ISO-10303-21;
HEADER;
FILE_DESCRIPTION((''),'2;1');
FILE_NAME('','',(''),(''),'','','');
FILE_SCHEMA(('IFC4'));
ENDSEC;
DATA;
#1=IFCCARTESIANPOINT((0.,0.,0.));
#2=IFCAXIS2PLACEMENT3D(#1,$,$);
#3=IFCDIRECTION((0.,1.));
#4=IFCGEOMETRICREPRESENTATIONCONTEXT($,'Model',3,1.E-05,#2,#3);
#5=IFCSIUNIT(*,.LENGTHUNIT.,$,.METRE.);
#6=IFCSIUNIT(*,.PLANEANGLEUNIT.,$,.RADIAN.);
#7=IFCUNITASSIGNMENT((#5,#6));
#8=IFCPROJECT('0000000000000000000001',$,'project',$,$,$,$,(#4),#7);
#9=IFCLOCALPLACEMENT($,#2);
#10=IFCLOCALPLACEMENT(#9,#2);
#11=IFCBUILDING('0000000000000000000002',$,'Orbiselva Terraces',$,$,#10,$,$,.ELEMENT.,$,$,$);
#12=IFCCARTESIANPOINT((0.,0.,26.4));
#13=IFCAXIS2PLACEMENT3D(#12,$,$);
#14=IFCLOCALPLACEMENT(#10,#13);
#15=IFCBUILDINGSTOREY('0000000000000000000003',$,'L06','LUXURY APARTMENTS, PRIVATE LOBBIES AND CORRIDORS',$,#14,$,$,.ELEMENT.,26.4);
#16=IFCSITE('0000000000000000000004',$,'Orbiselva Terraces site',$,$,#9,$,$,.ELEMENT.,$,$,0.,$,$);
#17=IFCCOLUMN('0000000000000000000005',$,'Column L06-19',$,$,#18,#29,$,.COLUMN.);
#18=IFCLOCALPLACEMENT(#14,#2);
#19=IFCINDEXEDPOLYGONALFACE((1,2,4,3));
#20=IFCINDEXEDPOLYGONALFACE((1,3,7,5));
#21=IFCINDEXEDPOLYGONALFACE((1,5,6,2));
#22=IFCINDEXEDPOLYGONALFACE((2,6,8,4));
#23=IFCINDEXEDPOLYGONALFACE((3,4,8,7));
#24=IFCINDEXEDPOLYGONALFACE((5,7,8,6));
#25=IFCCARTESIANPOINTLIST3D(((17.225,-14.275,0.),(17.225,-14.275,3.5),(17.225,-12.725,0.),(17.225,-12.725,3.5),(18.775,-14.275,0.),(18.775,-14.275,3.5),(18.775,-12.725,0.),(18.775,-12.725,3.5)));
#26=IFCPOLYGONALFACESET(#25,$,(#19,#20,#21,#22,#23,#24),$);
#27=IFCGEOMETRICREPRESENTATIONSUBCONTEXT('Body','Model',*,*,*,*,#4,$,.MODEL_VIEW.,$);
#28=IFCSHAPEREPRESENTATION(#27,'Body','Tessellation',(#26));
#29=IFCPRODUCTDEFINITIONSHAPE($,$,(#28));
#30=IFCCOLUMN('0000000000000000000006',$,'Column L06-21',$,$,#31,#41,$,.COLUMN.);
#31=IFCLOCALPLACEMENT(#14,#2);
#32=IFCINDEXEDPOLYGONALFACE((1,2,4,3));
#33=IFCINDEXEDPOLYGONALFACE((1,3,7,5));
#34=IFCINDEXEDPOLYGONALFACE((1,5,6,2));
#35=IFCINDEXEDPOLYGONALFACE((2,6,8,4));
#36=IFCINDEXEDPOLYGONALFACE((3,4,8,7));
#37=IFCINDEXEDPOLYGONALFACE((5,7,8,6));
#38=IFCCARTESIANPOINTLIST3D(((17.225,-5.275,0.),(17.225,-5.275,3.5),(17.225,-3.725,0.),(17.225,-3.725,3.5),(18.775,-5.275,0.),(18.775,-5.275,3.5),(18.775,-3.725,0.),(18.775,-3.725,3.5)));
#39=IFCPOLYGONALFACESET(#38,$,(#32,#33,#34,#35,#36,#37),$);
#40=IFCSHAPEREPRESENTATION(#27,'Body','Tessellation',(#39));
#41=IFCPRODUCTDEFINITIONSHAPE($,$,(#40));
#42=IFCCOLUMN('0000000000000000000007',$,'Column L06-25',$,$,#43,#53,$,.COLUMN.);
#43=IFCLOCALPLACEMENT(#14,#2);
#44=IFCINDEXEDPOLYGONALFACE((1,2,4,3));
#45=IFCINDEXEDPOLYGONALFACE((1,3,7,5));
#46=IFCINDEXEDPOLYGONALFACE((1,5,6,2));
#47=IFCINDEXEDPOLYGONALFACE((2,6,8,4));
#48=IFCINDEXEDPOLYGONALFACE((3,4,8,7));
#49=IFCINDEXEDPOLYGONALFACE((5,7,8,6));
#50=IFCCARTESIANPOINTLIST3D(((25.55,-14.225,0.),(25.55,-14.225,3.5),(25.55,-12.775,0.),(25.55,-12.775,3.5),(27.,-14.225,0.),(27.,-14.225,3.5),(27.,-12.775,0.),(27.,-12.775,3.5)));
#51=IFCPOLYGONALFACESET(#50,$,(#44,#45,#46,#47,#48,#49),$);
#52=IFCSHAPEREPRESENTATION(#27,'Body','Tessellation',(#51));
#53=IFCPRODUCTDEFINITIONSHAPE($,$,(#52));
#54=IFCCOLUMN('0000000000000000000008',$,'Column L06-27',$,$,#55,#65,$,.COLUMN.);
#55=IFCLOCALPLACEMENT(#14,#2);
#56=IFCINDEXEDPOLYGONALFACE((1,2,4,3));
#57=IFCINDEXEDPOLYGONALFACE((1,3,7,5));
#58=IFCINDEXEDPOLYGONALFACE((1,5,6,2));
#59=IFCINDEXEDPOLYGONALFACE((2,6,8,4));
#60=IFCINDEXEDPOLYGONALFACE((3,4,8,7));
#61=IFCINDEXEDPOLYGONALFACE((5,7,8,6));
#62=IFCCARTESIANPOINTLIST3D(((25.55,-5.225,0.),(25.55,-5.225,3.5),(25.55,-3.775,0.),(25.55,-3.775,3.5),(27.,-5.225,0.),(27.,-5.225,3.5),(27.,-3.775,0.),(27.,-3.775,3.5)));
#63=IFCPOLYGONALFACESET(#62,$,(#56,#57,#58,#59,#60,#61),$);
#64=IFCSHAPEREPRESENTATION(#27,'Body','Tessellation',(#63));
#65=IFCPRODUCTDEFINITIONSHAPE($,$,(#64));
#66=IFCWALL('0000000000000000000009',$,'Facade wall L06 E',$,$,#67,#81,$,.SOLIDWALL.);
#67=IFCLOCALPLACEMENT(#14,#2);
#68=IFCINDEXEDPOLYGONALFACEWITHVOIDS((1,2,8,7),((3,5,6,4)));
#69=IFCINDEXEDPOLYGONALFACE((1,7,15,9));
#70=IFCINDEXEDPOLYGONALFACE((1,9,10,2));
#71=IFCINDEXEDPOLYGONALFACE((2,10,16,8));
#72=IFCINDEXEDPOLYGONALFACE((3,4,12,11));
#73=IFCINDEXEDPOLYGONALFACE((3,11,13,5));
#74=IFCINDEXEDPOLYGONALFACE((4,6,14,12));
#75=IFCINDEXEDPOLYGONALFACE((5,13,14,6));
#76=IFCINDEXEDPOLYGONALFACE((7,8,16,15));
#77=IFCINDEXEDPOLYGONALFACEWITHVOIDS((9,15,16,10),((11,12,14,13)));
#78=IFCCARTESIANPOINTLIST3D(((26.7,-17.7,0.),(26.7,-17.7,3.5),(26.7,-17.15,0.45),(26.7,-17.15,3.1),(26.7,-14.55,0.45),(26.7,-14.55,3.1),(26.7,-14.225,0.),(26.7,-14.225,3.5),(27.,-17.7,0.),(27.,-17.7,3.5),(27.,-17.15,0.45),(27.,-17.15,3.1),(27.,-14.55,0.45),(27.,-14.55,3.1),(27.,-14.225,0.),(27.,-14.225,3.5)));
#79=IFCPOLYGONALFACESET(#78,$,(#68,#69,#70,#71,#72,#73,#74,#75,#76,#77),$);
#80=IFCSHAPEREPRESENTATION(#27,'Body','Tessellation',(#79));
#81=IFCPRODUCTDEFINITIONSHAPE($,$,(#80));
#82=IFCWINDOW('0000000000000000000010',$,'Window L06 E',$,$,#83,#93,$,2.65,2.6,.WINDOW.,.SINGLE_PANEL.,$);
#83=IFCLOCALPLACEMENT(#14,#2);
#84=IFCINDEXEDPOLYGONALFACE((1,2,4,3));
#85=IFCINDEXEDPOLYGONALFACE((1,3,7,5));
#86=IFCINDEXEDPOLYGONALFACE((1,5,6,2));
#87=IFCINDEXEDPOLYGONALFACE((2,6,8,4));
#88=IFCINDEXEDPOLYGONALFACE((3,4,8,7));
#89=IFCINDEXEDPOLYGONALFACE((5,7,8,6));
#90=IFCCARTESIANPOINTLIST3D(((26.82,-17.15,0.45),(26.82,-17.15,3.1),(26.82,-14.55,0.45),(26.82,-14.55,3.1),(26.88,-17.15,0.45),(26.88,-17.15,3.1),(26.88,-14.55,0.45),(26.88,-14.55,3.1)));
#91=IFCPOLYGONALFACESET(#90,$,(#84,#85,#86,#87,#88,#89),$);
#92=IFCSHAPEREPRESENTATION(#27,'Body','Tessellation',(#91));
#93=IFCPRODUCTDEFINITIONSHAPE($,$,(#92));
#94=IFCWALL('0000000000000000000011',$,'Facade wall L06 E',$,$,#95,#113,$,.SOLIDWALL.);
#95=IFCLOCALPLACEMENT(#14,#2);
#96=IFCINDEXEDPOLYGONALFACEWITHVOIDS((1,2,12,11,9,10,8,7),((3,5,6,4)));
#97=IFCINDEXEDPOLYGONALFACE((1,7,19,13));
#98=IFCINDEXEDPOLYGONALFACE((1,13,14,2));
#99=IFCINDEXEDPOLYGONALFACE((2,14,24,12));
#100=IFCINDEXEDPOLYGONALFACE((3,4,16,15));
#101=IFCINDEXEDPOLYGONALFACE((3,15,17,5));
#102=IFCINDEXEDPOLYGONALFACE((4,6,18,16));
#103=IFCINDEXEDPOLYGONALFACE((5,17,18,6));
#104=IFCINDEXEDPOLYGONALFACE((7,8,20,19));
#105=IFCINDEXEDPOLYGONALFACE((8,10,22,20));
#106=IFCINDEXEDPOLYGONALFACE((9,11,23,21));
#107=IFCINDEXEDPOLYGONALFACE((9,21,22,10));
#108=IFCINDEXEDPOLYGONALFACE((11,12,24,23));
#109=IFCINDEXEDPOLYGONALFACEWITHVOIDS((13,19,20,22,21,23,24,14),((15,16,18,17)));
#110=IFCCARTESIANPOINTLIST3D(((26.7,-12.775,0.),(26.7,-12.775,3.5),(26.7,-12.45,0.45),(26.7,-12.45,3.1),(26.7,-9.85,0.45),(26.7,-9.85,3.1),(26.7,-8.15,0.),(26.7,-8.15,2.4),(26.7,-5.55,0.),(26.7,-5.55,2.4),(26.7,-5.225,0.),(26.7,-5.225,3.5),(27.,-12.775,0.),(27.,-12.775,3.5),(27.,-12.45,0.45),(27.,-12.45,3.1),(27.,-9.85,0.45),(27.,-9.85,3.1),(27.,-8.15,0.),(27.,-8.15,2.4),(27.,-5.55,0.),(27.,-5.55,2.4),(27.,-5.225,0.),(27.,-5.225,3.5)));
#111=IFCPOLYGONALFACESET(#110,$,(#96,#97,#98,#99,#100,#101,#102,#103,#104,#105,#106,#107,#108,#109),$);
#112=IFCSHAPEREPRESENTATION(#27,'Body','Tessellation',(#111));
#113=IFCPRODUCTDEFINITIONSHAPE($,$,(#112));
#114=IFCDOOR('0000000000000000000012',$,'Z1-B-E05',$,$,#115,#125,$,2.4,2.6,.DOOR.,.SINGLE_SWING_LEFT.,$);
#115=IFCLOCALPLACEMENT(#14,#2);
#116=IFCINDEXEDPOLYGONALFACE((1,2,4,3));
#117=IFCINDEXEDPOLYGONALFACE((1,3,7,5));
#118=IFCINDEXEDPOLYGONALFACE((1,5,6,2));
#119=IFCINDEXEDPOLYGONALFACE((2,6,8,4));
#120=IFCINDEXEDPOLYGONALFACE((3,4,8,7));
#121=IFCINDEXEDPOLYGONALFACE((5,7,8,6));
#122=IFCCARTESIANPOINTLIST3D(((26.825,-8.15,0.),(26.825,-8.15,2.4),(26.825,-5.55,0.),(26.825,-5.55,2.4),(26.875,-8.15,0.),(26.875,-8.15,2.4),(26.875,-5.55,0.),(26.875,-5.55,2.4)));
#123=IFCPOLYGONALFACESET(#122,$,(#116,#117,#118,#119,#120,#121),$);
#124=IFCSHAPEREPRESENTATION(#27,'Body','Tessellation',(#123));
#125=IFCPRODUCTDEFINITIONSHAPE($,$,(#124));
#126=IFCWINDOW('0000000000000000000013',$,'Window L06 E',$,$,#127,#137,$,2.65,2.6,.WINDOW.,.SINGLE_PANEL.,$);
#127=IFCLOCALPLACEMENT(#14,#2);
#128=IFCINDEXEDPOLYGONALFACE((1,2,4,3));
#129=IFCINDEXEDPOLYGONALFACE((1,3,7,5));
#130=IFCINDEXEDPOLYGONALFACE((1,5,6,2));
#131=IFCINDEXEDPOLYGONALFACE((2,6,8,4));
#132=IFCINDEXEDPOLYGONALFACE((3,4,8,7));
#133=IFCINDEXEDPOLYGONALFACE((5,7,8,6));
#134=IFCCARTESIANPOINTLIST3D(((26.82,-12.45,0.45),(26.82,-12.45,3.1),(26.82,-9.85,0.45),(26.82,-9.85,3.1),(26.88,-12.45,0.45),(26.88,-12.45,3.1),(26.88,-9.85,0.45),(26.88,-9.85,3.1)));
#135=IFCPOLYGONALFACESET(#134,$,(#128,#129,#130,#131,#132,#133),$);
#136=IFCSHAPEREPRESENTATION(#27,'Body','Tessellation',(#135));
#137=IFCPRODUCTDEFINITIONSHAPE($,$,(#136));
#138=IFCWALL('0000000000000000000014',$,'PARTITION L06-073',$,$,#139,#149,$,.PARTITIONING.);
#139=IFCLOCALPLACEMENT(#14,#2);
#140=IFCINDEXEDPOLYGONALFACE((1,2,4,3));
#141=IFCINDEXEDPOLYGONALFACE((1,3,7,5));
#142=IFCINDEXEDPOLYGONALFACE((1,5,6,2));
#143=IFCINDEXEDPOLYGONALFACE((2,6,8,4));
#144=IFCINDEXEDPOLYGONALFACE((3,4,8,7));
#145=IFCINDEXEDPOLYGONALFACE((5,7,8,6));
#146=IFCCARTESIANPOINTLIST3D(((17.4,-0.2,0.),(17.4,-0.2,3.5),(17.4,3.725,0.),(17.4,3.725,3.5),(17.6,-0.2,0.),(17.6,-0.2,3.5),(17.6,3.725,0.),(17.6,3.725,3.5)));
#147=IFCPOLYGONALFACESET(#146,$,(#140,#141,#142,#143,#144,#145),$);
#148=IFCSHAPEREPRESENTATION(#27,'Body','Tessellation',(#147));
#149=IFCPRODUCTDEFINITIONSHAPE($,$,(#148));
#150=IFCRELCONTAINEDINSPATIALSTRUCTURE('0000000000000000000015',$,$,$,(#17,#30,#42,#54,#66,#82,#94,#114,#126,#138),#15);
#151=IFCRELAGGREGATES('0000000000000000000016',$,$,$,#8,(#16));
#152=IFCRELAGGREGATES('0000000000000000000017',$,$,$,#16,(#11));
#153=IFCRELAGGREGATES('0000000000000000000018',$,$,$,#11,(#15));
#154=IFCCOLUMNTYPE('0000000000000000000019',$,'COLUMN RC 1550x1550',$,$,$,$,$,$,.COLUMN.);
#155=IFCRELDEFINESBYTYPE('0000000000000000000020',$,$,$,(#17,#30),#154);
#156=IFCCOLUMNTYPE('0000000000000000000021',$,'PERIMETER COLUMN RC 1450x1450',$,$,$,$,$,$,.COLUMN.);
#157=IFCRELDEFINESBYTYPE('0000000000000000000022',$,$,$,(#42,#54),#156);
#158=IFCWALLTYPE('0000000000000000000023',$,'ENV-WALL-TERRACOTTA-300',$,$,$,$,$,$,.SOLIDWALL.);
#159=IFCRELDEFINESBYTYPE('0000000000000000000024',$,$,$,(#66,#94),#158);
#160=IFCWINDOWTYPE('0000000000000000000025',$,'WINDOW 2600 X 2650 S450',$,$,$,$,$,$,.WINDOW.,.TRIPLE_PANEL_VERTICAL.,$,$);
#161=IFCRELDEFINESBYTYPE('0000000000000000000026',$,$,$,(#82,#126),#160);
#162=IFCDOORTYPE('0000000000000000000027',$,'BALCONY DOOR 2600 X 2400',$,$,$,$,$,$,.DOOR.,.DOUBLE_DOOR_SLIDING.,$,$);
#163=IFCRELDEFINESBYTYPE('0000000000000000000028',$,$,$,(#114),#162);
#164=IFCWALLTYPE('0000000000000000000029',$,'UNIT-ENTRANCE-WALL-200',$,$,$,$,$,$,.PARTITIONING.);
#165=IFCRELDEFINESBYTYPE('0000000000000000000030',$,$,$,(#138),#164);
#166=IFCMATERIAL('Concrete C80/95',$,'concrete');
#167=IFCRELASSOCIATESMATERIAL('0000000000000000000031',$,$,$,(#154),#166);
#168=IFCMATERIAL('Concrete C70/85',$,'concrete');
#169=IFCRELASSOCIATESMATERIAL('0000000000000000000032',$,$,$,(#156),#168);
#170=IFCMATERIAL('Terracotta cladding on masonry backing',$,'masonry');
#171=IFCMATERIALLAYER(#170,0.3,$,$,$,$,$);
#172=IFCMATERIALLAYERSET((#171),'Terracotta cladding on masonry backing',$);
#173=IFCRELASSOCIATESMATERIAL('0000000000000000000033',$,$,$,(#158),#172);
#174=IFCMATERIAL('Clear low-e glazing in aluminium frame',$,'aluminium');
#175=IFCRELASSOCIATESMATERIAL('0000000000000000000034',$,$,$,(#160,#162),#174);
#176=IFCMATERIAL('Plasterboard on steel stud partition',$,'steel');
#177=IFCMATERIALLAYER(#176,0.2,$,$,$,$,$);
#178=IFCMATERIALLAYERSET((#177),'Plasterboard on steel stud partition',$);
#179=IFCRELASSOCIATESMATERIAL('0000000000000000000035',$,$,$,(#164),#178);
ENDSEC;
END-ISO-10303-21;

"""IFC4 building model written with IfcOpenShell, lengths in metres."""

from ifc_helpers import new_model, si_unit, direction, frame, frame_2d, origin, origin_2d, place, context, subcontext, project, spatial, rectangle, extrude, material, layer, layer_set, material_profile, profile_set, type_object, element, fill, save


model = new_model("IFC4")

# Units and contexts
model_context = context("Model", 3, precision=1e-05, world=origin(), true_north=direction((0.0, 1.0)))
body_context = subcontext(model_context, "Body", "Model", "MODEL_VIEW")
ifc_project = project(units=[si_unit("LENGTHUNIT", "METRE"), si_unit("PLANEANGLEUNIT", "RADIAN")], contexts=[model_context])

# Site, building, storey
site_placement = place(None, origin())
site = spatial("IfcSite", under=ifc_project, at=site_placement, Name="Orbiselva Terraces site", CompositionType="ELEMENT", RefElevation=0.0)
building_placement = place(site_placement, origin())
building = spatial("IfcBuilding", under=site, at=building_placement, Name="Orbiselva Terraces", CompositionType="ELEMENT")
storey_placement = place(building_placement, frame((0.0, 0.0, 26.4)))
storey = spatial("IfcBuildingStorey", under=building, at=storey_placement, Name="L06", Description="LUXURY APARTMENTS, PRIVATE LOBBIES AND CORRIDORS", CompositionType="ELEMENT", Elevation=26.4)

# Columns
ifc_material_1 = material(Name="Concrete C80/95", Category="concrete")
ifc_material_profile_1 = material_profile(ifc_material_1, rectangle(XDim=1.55, YDim=1.55, at=origin_2d()), Name="RC 1550x1550")
ifc_profile_set_1 = profile_set([ifc_material_profile_1], Name="Concrete C80/95")
column_type_1 = type_object("IfcColumnType", Name="COLUMN RC 1550x1550", PredefinedType="COLUMN", material=ifc_profile_set_1)
for number, where, z_axis, x_axis, name in (
    (1, (18.0, -13.5, 0.0), (0.0, 0.0, 1.0), (1.0, 0.0, 0.0), "Column L06-19"),
    (2, (18.0, -4.5, 0.0), (0.0, 0.0, 1.0), (1.0, 0.0, 0.0), "Column L06-21"),
):
    element("IfcColumn", number, at=place(storey_placement, frame(where, z_axis=z_axis, x_axis=x_axis)), inside=storey, type_object=column_type_1, Name=name, PredefinedType="COLUMN", context=body_context, shape_type="SweptSolid", body=[
        extrude(rectangle(XDim=1.55, YDim=1.55, at=origin_2d()), origin(), (0.0, 0.0, 1.0), 3.5),
    ])
ifc_material_2 = material(Name="Concrete C70/85", Category="concrete")
ifc_material_profile_2 = material_profile(ifc_material_2, rectangle(XDim=1.45, YDim=1.45, at=origin_2d()), Name="RC 1450x1450")
ifc_profile_set_2 = profile_set([ifc_material_profile_2], Name="Concrete C70/85")
column_type_2 = type_object("IfcColumnType", Name="PERIMETER COLUMN RC 1450x1450", PredefinedType="COLUMN", material=ifc_profile_set_2)
for number, where, z_axis, x_axis, name in (
    (3, (26.275, -13.5, 0.0), (0.0, 0.0, 1.0), (1.0, 0.0, 0.0), "Column L06-25"),
    (4, (26.275, -4.5, 0.0), (0.0, 0.0, 1.0), (1.0, 0.0, 0.0), "Column L06-27"),
):
    element("IfcColumn", number, at=place(storey_placement, frame(where, z_axis=z_axis, x_axis=x_axis)), inside=storey, type_object=column_type_2, Name=name, PredefinedType="COLUMN", context=body_context, shape_type="SweptSolid", body=[
        extrude(rectangle(XDim=1.45, YDim=1.45, at=origin_2d()), origin(), (0.0, 0.0, 1.0), 3.5),
    ])

# Wall, opening, window
ifc_material_3 = material(Name="Terracotta cladding on masonry backing", Category="masonry")
ifc_layer_1 = layer(ifc_material_3, 0.3)
ifc_layer_set_1 = layer_set([ifc_layer_1], Name="Terracotta cladding on masonry backing")
wall_type_1 = type_object("IfcWallType", Name="ENV-WALL-TERRACOTTA-300", PredefinedType="SOLIDWALL", material=ifc_layer_set_1)
wall_1_placement = place(storey_placement, frame((26.85, -14.225, 0.0), z_axis=(0.0, 0.0, 1.0), x_axis=(0.0, -1.0, 0.0)))
wall_1 = element("IfcWall", 5, at=wall_1_placement, inside=storey, type_object=wall_type_1, Name="Facade wall L06 E", PredefinedType="SOLIDWALL", context=body_context, shape_type="SweptSolid", body=[
    extrude(rectangle(XDim=3.475, YDim=0.3, at=frame_2d((1.7375, 0.0))), origin(), (0.0, 0.0, 1.0), 3.5),
])
opening_1_placement = place(wall_1_placement, frame((0.325, 0.0, 0.45)))
opening_1 = element("IfcOpeningElement", 6, at=opening_1_placement, cuts=wall_1, PredefinedType="OPENING", context=body_context, shape_type="SweptSolid", body=[
    extrude(rectangle(XDim=2.6, YDim=2.65, at=frame_2d((1.3, 1.325))), frame((0.0, 0.16, 0.0), z_axis=(0.0, -1.0, 0.0), x_axis=(1.0, 0.0, 0.0)), (0.0, 0.0, 1.0), 0.32),
])
ifc_material_4 = material(Name="Clear low-e glazing in aluminium frame", Category="aluminium")
window_type = type_object("IfcWindowType", Name="WINDOW 2600 X 2650 S450", PartitioningType="TRIPLE_PANEL_VERTICAL", PredefinedType="WINDOW", material=ifc_material_4)
window_1_placement = place(opening_1_placement, origin())
window_1 = element("IfcWindow", 7, at=window_1_placement, inside=storey, type_object=window_type, Name="Window L06 E", OverallHeight=2.65, OverallWidth=2.6, PartitioningType="SINGLE_PANEL", PredefinedType="WINDOW", context=body_context, shape_type="SweptSolid", body=[
    extrude(rectangle(XDim=2.6, YDim=2.65, at=frame_2d((1.3, 1.325))), frame((0.0, 0.03, 0.0), z_axis=(0.0, -1.0, 0.0), x_axis=(1.0, 0.0, 0.0)), (0.0, 0.0, 1.0), 0.06),
])
fill(opening_1, window_1)

# Wall, openings, door, window
wall_2_placement = place(storey_placement, frame((26.85, -5.225, 0.0), z_axis=(0.0, 0.0, 1.0), x_axis=(0.0, -1.0, 0.0)))
wall_2 = element("IfcWall", 8, at=wall_2_placement, inside=storey, type_object=wall_type_1, Name="Facade wall L06 E", PredefinedType="SOLIDWALL", context=body_context, shape_type="SweptSolid", body=[
    extrude(rectangle(XDim=7.55, YDim=0.3, at=frame_2d((3.775, 0.0))), origin(), (0.0, 0.0, 1.0), 3.5),
])
opening_2_placement = place(wall_2_placement, frame((4.625, 0.0, 0.45)))
opening_2 = element("IfcOpeningElement", 9, at=opening_2_placement, cuts=wall_2, PredefinedType="OPENING", context=body_context, shape_type="SweptSolid", body=[
    extrude(rectangle(XDim=2.6, YDim=2.65, at=frame_2d((1.3, 1.325))), frame((0.0, 0.16, 0.0), z_axis=(0.0, -1.0, 0.0), x_axis=(1.0, 0.0, 0.0)), (0.0, 0.0, 1.0), 0.32),
])
opening_3_placement = place(wall_2_placement, frame((0.325, 0.0, 0.0)))
opening_3 = element("IfcOpeningElement", 10, at=opening_3_placement, cuts=wall_2, PredefinedType="OPENING", context=body_context, shape_type="SweptSolid", body=[
    extrude(rectangle(XDim=2.6, YDim=2.4, at=frame_2d((1.3, 1.2))), frame((0.0, 0.16, 0.0), z_axis=(0.0, -1.0, 0.0), x_axis=(1.0, 0.0, 0.0)), (0.0, 0.0, 1.0), 0.32),
])
door_type_1 = type_object("IfcDoorType", Name="BALCONY DOOR 2600 X 2400", OperationType="DOUBLE_DOOR_SLIDING", PredefinedType="DOOR", material=ifc_material_4)
door_1_placement = place(opening_3_placement, origin())
door_1 = element("IfcDoor", 11, at=door_1_placement, inside=storey, type_object=door_type_1, Name="Z1-B-E05", OperationType="SINGLE_SWING_LEFT", OverallHeight=2.4, OverallWidth=2.6, PredefinedType="DOOR", context=body_context, shape_type="SweptSolid", body=[
    extrude(rectangle(XDim=2.6, YDim=2.4, at=frame_2d((1.3, 1.2))), frame((0.0, 0.025, 0.0), z_axis=(0.0, -1.0, 0.0), x_axis=(1.0, 0.0, 0.0)), (0.0, 0.0, 1.0), 0.05),
])
fill(opening_3, door_1)
window_2_placement = place(opening_2_placement, origin())
window_2 = element("IfcWindow", 12, at=window_2_placement, inside=storey, type_object=window_type, Name="Window L06 E", OverallHeight=2.65, OverallWidth=2.6, PartitioningType="SINGLE_PANEL", PredefinedType="WINDOW", context=body_context, shape_type="SweptSolid", body=[
    extrude(rectangle(XDim=2.6, YDim=2.65, at=frame_2d((1.3, 1.325))), frame((0.0, 0.03, 0.0), z_axis=(0.0, -1.0, 0.0), x_axis=(1.0, 0.0, 0.0)), (0.0, 0.0, 1.0), 0.06),
])
fill(opening_2, window_2)

# Wall
ifc_material_5 = material(Name="Plasterboard on steel stud partition", Category="steel")
ifc_layer_2 = layer(ifc_material_5, 0.2)
ifc_layer_set_2 = layer_set([ifc_layer_2], Name="Plasterboard on steel stud partition")
wall_type_2 = type_object("IfcWallType", Name="UNIT-ENTRANCE-WALL-200", PredefinedType="PARTITIONING", material=ifc_layer_set_2)
wall_3_placement = place(storey_placement, frame((17.5, -0.2, 0.0), z_axis=(0.0, 0.0, 1.0), x_axis=(0.0, 1.0, 0.0)))
element("IfcWall", 13, at=wall_3_placement, inside=storey, type_object=wall_type_2, Name="PARTITION L06-073", PredefinedType="PARTITIONING", context=body_context, shape_type="SweptSolid", body=[
    extrude(rectangle(XDim=3.925, YDim=0.2, at=frame_2d((1.9625, 0.0))), origin(), (0.0, 0.0, 1.0), 3.5),
])

save(model, "model.ifc")
